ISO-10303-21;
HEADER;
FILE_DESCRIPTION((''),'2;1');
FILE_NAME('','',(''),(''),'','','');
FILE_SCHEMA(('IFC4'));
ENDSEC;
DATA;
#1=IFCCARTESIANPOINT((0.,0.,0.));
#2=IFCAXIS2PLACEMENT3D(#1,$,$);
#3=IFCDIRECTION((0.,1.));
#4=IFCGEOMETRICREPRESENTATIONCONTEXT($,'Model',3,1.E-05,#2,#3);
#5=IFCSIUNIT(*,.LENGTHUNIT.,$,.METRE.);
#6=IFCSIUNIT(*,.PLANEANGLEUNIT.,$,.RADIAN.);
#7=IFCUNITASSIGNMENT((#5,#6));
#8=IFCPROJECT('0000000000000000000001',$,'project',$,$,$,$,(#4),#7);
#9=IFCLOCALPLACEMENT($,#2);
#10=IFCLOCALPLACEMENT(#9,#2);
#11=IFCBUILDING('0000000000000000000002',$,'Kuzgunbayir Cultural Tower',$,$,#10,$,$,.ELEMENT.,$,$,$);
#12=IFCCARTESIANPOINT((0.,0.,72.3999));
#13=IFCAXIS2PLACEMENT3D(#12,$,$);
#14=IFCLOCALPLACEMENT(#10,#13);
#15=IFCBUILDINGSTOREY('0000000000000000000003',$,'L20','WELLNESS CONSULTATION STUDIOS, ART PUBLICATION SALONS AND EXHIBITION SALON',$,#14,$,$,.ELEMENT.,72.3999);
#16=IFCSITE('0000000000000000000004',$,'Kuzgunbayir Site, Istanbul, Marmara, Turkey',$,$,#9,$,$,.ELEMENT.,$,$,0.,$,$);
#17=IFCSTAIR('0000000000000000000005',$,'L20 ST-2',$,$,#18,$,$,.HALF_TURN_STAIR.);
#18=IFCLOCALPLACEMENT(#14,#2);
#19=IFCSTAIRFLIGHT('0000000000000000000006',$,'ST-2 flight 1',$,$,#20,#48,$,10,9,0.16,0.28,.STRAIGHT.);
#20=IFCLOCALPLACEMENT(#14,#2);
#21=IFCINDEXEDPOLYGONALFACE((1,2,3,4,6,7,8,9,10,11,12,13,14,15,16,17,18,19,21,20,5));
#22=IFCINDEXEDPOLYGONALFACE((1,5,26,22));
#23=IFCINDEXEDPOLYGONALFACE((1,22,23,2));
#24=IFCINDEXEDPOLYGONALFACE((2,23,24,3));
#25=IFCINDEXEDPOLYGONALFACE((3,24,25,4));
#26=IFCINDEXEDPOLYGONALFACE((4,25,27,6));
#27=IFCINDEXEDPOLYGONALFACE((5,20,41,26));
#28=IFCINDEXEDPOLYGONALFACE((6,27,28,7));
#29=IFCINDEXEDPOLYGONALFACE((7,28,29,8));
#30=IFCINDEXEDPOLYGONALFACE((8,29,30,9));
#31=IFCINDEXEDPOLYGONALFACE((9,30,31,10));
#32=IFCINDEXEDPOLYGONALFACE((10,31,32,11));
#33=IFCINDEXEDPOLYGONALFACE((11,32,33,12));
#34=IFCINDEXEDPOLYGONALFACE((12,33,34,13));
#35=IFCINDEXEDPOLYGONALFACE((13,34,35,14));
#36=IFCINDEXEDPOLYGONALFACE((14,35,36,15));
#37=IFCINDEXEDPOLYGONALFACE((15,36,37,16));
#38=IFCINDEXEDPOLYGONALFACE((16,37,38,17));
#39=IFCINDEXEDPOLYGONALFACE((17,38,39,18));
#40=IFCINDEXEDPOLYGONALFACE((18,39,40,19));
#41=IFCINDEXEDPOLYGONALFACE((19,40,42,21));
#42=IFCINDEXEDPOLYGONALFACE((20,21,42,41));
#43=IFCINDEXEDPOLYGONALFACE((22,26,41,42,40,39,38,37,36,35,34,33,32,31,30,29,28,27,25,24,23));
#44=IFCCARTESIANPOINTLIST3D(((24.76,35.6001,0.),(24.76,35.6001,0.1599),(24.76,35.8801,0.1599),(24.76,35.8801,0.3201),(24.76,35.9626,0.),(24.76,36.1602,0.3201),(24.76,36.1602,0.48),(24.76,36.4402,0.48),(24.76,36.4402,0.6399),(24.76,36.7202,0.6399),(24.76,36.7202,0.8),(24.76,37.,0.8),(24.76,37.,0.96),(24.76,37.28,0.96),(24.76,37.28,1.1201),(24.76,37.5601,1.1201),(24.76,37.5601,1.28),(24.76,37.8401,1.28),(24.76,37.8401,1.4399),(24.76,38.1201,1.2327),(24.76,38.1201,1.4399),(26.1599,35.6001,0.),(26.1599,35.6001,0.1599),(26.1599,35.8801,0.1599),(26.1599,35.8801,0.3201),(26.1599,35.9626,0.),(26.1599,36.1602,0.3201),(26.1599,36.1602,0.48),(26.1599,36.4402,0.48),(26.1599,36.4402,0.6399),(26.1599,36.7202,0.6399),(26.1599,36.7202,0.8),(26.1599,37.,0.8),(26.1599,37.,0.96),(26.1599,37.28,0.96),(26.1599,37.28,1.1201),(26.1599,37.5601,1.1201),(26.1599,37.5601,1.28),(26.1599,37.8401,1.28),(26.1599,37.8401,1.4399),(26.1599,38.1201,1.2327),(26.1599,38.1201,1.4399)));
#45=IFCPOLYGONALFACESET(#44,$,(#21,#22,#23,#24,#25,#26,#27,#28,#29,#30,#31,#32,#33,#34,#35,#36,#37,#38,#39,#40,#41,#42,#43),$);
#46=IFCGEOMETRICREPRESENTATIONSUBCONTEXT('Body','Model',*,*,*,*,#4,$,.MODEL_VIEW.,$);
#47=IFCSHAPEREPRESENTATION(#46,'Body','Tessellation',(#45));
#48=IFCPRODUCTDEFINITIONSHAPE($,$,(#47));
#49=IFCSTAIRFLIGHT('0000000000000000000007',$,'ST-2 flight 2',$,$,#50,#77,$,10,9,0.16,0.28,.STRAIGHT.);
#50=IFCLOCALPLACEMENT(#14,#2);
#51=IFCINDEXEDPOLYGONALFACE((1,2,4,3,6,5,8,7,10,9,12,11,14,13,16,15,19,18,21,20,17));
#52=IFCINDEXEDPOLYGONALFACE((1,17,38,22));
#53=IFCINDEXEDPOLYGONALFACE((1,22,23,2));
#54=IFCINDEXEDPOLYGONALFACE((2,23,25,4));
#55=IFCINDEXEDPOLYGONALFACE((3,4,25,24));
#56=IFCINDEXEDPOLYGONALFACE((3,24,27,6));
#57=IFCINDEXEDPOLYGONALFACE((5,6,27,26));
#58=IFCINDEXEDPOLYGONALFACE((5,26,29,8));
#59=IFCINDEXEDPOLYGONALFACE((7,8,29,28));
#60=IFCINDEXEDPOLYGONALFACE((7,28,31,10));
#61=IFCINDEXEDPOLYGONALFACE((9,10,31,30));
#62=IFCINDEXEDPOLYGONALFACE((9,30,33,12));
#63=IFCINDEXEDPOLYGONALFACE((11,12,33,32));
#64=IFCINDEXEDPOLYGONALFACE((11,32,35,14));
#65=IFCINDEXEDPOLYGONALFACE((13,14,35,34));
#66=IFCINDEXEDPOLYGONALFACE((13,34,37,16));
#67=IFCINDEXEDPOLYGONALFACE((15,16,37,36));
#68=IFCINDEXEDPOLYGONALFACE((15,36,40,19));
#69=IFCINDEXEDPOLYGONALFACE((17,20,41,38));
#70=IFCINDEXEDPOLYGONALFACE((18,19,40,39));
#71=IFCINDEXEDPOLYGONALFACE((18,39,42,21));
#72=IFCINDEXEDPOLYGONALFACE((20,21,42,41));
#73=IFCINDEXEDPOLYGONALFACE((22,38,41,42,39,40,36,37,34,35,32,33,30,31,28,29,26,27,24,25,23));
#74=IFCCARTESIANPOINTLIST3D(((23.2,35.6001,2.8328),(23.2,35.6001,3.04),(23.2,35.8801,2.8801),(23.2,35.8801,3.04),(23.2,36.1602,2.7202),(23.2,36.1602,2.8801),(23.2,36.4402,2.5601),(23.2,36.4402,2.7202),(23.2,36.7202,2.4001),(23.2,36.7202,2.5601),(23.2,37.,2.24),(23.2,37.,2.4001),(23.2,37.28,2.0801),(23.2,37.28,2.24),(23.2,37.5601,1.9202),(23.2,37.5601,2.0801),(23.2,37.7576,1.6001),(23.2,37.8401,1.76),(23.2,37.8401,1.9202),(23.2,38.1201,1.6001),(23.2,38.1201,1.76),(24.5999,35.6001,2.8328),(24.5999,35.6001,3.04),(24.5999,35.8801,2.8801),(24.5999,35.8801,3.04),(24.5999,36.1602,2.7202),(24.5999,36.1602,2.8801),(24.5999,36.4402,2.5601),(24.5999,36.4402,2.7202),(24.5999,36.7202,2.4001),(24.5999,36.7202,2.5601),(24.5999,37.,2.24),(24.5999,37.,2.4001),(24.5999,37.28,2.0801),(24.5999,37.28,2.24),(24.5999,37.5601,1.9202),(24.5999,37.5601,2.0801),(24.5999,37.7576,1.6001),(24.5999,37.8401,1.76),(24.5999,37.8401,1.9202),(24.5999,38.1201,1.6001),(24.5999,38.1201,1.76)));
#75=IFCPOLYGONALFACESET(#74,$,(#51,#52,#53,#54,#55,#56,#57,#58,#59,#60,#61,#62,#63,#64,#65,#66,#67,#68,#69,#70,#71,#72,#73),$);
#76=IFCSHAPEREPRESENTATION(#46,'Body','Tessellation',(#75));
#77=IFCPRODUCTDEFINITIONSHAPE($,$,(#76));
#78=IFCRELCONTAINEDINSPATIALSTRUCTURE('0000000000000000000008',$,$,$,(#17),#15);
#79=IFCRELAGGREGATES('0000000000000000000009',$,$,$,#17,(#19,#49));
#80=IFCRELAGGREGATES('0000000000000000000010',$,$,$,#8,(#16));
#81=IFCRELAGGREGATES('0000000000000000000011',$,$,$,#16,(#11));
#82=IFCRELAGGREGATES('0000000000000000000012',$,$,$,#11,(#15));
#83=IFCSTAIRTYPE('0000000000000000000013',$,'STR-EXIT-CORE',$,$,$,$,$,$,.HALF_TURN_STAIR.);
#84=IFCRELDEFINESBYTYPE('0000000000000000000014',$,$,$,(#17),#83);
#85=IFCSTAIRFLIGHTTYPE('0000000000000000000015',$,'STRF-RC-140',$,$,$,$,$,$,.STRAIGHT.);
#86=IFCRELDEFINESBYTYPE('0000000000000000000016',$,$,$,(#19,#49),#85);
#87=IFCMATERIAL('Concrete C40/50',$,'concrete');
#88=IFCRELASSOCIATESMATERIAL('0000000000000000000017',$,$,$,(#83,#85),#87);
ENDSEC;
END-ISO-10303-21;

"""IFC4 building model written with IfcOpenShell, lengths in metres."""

from ifc_helpers import new_model, si_unit, direction, frame, origin, place, context, subcontext, project, spatial, polyline, outline, extrude, material, type_object, element, aggregate, save


model = new_model("IFC4")

# Units and contexts
model_context = context("Model", 3, precision=1e-05, world=origin(), true_north=direction((0.0, 1.0)))
body_context = subcontext(model_context, "Body", "Model", "MODEL_VIEW")
ifc_project = project(units=[si_unit("LENGTHUNIT", "METRE"), si_unit("PLANEANGLEUNIT", "RADIAN")], contexts=[model_context])

# Site, building, storey
site_placement = place(None, origin())
site = spatial("IfcSite", under=ifc_project, at=site_placement, Name="Kuzgunbayir Site, Istanbul, Marmara, Turkey", CompositionType="ELEMENT", RefElevation=0.0)
building_placement = place(site_placement, origin())
building = spatial("IfcBuilding", under=site, at=building_placement, Name="Kuzgunbayir Cultural Tower", CompositionType="ELEMENT")
storey_placement = place(building_placement, frame((0.0, 0.0, 72.3999)))
storey = spatial("IfcBuildingStorey", under=building, at=storey_placement, Name="L20", Description="WELLNESS CONSULTATION STUDIOS, ART PUBLICATION SALONS AND EXHIBITION SALON", CompositionType="ELEMENT", Elevation=72.3999)

# Shared definitions
ifc_material_1 = material(Name="Concrete C40/50", Category="concrete")

# Stair, stair flights
stair_type = type_object("IfcStairType", Name="STR-EXIT-CORE", PredefinedType="HALF_TURN_STAIR", material=ifc_material_1)
stair_placement = place(storey_placement, origin())
stair = element("IfcStair", 1, at=stair_placement, inside=storey, type_object=stair_type, Name="L20 ST-2", PredefinedType="HALF_TURN_STAIR")
stair_flight_type = type_object("IfcStairFlightType", Name="STRF-RC-140", PredefinedType="STRAIGHT", material=ifc_material_1)
stair_flight_1_placement = place(storey_placement, frame((25.46, 35.6001, 0.0), z_axis=(0.0, 0.0, 1.0), x_axis=(0.0, 1.0, 0.0)))
stair_flight_1 = element("IfcStairFlight", 2, at=stair_flight_1_placement, type_object=stair_flight_type, Name="ST-2 flight 1", NumberOfRisers=10, NumberOfTreads=9, PredefinedType="STRAIGHT", RiserHeight=0.16, TreadLength=0.28, context=body_context, shape_type="SweptSolid", body=[
    extrude(outline(polyline([(0.0, 0.0), (0.0, 0.1599), (0.28, 0.1599), (0.28, 0.3201), (0.5601, 0.3201), (0.5601, 0.48), (0.8401, 0.48), (0.8401, 0.6399), (1.1201, 0.6399), (1.1201, 0.8), (1.3999, 0.8), (1.3999, 0.96), (1.6799, 0.96), (1.6799, 1.1201), (1.96, 1.1201), (1.96, 1.28), (2.24, 1.28), (2.24, 1.4399), (2.52, 1.4399), (2.52, 1.6001), (2.52, 1.2327), (0.3625, 0.0), (0.0, 0.0)])), frame((0.0, 0.7, 0.0), z_axis=(0.0, -1.0, 0.0), x_axis=(1.0, 0.0, 0.0)), (0.0, 0.0, 1.0), 1.3999),
])
stair_flight_2_placement = place(storey_placement, frame((23.8999, 38.1201, 1.6001), z_axis=(0.0, 0.0, 1.0), x_axis=(0.0, -1.0, 0.0)))
stair_flight_2 = element("IfcStairFlight", 3, at=stair_flight_2_placement, type_object=stair_flight_type, Name="ST-2 flight 2", NumberOfRisers=10, NumberOfTreads=9, PredefinedType="STRAIGHT", RiserHeight=0.16, TreadLength=0.28, context=body_context, shape_type="SweptSolid", body=[
    extrude(outline(polyline([(0.0, 0.0), (0.0, 0.1599), (0.28, 0.1599), (0.28, 0.3201), (0.5601, 0.3201), (0.5601, 0.48), (0.8401, 0.48), (0.8401, 0.6399), (1.1201, 0.6399), (1.1201, 0.8), (1.3999, 0.8), (1.3999, 0.96), (1.6799, 0.96), (1.6799, 1.1201), (1.96, 1.1201), (1.96, 1.28), (2.24, 1.28), (2.24, 1.4399), (2.52, 1.4399), (2.52, 1.6001), (2.52, 1.2327), (0.3625, 0.0), (0.0, 0.0)])), frame((0.0, 0.7, 0.0), z_axis=(0.0, -1.0, 0.0), x_axis=(1.0, 0.0, 0.0)), (0.0, 0.0, 1.0), 1.3999),
])
aggregate(stair, [stair_flight_1, stair_flight_2])

save(model, "model.ifc")
